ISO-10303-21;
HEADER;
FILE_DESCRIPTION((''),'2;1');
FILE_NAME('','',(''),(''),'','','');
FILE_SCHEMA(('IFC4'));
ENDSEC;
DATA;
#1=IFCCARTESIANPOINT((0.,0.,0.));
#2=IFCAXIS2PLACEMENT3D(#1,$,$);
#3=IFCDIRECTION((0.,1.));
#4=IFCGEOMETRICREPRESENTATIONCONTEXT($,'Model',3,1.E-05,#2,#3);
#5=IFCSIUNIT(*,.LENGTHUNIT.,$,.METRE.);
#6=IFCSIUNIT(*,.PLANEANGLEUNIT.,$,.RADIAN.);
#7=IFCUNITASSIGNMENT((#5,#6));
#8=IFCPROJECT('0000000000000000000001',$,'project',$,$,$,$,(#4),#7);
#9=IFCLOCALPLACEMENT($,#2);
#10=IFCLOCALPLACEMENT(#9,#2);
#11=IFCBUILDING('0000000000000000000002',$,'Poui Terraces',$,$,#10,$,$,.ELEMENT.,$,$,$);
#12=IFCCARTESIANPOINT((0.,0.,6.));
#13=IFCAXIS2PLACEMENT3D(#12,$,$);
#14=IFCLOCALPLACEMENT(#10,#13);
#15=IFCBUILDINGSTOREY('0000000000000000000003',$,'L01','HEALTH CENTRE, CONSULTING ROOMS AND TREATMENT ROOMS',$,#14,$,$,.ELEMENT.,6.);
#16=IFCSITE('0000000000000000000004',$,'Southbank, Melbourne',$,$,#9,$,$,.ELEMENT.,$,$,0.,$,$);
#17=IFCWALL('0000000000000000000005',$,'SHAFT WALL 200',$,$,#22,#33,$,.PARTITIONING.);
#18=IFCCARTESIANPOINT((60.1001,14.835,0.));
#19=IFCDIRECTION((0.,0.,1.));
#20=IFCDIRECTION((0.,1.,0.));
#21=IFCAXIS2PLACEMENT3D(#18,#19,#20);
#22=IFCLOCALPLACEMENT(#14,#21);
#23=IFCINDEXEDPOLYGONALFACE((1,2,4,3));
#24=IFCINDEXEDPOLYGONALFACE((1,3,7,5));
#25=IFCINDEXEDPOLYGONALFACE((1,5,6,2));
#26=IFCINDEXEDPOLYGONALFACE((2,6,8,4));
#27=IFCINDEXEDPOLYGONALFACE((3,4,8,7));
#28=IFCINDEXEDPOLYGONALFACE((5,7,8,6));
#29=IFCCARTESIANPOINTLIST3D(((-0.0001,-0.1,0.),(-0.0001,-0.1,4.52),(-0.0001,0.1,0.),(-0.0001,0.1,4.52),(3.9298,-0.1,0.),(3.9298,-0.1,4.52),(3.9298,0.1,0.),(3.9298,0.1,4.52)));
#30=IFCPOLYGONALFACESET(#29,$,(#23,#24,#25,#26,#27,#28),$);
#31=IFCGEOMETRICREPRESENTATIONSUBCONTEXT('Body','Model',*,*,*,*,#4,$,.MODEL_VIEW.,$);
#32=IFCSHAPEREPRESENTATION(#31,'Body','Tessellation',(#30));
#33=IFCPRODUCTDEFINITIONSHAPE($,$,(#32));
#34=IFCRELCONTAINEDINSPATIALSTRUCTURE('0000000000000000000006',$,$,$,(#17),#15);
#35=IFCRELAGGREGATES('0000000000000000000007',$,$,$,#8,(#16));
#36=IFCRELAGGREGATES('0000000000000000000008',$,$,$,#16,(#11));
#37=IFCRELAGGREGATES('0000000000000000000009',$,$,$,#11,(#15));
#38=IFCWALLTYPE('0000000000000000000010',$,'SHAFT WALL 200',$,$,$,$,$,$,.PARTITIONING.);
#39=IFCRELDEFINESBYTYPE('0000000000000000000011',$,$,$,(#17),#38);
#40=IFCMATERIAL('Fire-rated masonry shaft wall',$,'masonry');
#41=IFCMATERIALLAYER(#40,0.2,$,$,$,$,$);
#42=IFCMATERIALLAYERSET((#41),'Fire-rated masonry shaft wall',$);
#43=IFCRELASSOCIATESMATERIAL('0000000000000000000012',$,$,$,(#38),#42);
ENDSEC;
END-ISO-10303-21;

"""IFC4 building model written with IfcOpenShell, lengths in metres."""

from ifc_helpers import new_model, si_unit, direction, frame, frame_2d, origin, place, context, subcontext, project, spatial, rectangle, extrude, material, layer, layer_set, type_object, element, save


model = new_model("IFC4")

# Units and contexts
model_context = context("Model", 3, precision=1e-05, world=origin(), true_north=direction((0.0, 1.0)))
body_context = subcontext(model_context, "Body", "Model", "MODEL_VIEW")
ifc_project = project(units=[si_unit("LENGTHUNIT", "METRE"), si_unit("PLANEANGLEUNIT", "RADIAN")], contexts=[model_context])

# Site, building, storey
site_placement = place(None, origin())
site = spatial("IfcSite", under=ifc_project, at=site_placement, Name="Southbank, Melbourne", CompositionType="ELEMENT", RefElevation=0.0)
building_placement = place(site_placement, origin())
building = spatial("IfcBuilding", under=site, at=building_placement, Name="Poui Terraces", CompositionType="ELEMENT")
storey_placement = place(building_placement, frame((0.0, 0.0, 6.0)))
storey = spatial("IfcBuildingStorey", under=building, at=storey_placement, Name="L01", Description="HEALTH CENTRE, CONSULTING ROOMS AND TREATMENT ROOMS", CompositionType="ELEMENT", Elevation=6.0)

# Wall
ifc_material_1 = material(Name="Fire-rated masonry shaft wall", Category="masonry")
ifc_layer_1 = layer(ifc_material_1, 0.2)
ifc_layer_set_1 = layer_set([ifc_layer_1], Name="Fire-rated masonry shaft wall")
wall_type_1 = type_object("IfcWallType", Name="SHAFT WALL 200", PredefinedType="PARTITIONING", material=ifc_layer_set_1)
wall_1_placement = place(storey_placement, frame((60.1001, 14.835, 0.0), z_axis=(0.0, 0.0, 1.0), x_axis=(0.0, 1.0, 0.0)))
element("IfcWall", 1, at=wall_1_placement, inside=storey, type_object=wall_type_1, Name="SHAFT WALL 200", PredefinedType="PARTITIONING", context=body_context, shape_type="SweptSolid", body=[
    extrude(rectangle(XDim=3.9299, YDim=0.2, at=frame_2d((1.9648, 0.0))), origin(), (0.0, 0.0, 1.0), 4.52),
])

save(model, "model.ifc")
